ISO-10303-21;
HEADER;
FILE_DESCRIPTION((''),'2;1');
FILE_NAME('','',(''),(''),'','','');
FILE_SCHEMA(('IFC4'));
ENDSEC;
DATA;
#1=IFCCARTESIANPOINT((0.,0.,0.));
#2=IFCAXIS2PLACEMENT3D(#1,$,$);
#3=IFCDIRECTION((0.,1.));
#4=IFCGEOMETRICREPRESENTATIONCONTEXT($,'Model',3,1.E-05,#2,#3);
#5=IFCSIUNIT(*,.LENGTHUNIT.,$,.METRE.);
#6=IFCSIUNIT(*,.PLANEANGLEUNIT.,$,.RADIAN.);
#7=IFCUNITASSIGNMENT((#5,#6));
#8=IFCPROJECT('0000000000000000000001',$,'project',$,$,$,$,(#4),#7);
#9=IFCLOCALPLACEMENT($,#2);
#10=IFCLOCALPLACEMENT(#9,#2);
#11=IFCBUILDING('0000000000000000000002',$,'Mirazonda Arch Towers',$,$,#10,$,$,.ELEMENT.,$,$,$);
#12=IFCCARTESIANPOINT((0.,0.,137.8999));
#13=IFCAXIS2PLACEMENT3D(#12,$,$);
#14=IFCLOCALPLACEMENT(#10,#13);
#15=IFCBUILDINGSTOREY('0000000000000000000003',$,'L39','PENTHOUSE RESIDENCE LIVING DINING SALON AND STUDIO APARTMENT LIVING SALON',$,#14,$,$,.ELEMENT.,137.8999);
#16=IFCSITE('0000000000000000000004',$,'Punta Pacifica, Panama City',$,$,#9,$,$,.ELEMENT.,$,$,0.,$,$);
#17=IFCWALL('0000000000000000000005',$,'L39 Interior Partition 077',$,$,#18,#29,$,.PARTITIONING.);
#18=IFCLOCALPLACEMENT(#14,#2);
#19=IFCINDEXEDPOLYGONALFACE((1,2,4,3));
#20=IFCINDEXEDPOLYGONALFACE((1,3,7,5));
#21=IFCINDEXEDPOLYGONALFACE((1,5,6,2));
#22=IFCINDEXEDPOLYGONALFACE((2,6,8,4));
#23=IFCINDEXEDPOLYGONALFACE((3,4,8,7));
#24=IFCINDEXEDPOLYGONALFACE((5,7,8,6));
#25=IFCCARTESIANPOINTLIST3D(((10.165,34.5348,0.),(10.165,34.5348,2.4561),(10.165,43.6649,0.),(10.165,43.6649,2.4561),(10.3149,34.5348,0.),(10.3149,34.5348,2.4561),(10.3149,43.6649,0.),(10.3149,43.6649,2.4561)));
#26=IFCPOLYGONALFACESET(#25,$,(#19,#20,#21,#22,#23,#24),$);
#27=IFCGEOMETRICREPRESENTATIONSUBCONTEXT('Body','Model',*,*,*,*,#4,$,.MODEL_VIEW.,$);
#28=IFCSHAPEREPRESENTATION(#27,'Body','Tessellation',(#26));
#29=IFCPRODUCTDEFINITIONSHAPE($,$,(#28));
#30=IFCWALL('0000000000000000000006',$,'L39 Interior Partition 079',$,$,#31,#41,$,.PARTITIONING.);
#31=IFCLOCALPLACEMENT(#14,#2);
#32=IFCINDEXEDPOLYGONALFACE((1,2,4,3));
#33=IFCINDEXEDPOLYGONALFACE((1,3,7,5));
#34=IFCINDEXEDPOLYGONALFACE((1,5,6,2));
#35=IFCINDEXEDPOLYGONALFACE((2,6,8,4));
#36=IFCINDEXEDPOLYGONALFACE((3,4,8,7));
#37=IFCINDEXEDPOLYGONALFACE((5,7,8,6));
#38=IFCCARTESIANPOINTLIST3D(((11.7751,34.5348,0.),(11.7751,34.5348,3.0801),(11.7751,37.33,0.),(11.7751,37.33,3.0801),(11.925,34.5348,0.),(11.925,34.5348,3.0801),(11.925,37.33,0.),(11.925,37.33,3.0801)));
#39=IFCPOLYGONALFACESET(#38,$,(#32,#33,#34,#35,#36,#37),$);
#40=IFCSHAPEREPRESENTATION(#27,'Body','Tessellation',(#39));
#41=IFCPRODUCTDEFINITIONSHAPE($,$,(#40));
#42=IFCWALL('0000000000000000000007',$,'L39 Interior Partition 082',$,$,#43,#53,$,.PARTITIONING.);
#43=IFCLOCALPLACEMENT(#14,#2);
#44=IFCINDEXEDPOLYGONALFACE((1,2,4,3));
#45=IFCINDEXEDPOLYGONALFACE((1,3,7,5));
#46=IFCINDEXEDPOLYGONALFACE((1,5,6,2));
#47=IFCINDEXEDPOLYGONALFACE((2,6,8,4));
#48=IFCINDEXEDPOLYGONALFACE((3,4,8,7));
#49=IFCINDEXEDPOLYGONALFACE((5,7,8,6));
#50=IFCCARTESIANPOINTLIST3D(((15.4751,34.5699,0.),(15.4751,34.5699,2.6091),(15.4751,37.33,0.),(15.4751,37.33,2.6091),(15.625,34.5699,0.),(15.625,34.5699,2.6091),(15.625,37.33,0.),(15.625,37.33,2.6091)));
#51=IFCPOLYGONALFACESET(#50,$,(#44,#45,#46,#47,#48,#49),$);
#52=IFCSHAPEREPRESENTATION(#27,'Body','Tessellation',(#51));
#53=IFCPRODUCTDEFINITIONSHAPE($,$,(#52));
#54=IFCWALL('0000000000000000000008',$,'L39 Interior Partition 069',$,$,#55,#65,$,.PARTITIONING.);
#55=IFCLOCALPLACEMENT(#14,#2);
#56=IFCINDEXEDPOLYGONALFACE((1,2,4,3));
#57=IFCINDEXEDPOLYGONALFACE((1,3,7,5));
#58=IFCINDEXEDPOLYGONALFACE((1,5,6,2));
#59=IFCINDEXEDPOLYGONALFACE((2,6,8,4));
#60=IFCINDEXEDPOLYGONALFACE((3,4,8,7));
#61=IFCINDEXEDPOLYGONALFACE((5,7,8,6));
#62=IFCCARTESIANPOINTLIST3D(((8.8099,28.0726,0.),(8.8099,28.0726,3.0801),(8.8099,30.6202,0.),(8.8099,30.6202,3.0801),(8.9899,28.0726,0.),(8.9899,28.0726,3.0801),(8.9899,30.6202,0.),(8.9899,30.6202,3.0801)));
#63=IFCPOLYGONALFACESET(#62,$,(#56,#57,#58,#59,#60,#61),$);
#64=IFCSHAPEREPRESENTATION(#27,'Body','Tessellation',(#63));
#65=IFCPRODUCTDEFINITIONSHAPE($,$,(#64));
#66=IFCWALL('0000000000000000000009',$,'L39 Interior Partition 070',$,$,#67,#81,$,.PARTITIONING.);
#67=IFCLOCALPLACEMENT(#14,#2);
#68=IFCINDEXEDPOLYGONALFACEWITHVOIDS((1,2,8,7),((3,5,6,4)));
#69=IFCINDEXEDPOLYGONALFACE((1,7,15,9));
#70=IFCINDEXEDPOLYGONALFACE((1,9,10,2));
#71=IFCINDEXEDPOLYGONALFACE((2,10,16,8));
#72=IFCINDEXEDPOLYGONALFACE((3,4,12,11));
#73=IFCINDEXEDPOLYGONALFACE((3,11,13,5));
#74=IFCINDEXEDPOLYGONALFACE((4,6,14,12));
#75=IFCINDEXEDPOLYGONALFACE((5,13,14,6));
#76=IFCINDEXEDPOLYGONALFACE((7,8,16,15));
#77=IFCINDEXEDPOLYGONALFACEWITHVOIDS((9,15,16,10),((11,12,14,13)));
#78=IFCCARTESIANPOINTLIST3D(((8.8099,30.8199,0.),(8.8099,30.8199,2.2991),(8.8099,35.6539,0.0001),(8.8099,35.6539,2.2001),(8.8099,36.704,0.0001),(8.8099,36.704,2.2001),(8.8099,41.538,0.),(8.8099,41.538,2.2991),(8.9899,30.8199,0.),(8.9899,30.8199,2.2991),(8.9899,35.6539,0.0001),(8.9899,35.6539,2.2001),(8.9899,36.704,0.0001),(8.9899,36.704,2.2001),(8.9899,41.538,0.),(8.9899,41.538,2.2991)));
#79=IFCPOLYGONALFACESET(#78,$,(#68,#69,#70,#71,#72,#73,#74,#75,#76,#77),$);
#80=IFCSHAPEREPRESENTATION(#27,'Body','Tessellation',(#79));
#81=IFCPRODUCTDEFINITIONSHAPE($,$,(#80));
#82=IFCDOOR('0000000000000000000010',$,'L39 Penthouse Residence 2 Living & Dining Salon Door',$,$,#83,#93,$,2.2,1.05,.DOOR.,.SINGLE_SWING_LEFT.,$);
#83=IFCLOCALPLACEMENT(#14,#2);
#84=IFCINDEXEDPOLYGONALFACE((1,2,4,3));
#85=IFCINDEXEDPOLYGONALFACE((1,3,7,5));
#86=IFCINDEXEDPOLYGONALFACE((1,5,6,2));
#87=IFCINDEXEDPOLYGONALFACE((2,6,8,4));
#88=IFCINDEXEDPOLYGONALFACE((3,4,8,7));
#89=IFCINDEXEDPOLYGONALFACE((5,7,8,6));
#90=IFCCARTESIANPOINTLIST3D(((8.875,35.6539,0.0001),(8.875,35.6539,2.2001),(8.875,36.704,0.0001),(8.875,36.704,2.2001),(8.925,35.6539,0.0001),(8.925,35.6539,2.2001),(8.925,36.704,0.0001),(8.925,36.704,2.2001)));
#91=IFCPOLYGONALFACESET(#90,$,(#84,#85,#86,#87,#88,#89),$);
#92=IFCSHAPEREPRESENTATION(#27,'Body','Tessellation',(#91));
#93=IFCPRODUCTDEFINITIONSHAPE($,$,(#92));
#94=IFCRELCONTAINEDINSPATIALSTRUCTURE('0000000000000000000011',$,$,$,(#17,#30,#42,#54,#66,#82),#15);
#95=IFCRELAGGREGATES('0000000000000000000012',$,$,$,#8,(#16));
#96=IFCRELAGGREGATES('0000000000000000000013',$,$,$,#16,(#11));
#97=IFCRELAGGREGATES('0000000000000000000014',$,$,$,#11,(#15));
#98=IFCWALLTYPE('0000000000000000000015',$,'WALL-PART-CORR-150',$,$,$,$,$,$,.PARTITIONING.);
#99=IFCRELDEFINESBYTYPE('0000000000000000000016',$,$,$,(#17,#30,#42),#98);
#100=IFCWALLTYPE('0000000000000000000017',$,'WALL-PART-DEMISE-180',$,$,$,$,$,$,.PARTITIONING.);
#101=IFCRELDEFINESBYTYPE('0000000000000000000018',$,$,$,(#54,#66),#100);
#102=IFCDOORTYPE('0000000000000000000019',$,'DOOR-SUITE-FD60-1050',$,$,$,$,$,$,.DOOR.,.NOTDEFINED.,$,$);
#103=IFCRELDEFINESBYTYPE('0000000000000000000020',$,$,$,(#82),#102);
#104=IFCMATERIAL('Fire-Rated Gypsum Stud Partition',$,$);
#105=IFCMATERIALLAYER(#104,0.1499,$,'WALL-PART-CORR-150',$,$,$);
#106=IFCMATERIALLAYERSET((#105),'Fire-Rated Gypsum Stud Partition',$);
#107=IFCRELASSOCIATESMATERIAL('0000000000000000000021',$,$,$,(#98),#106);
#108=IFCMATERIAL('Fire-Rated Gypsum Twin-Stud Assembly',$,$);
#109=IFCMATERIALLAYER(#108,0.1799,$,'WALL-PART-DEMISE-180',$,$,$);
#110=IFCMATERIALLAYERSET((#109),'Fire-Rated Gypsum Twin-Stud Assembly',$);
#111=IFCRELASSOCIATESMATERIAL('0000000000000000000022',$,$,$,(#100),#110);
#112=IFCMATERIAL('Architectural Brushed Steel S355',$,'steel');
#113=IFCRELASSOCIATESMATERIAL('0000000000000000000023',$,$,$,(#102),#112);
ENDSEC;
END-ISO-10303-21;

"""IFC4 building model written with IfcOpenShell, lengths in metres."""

from ifc_helpers import new_model, si_unit, direction, frame, frame_2d, origin, place, context, subcontext, project, spatial, rectangle, extrude, material, layer, layer_set, type_object, element, fill, save


model = new_model("IFC4")

# Units and contexts
model_context = context("Model", 3, precision=1e-05, world=origin(), true_north=direction((0.0, 1.0)))
body_context = subcontext(model_context, "Body", "Model", "MODEL_VIEW")
ifc_project = project(units=[si_unit("LENGTHUNIT", "METRE"), si_unit("PLANEANGLEUNIT", "RADIAN")], contexts=[model_context])

# Site, building, storey
site_placement = place(None, origin())
site = spatial("IfcSite", under=ifc_project, at=site_placement, Name="Punta Pacifica, Panama City", CompositionType="ELEMENT", RefElevation=0.0)
building_placement = place(site_placement, origin())
building = spatial("IfcBuilding", under=site, at=building_placement, Name="Mirazonda Arch Towers", CompositionType="ELEMENT")
storey_placement = place(building_placement, frame((0.0, 0.0, 137.8999)))
storey = spatial("IfcBuildingStorey", under=building, at=storey_placement, Name="L39", Description="PENTHOUSE RESIDENCE LIVING DINING SALON AND STUDIO APARTMENT LIVING SALON", CompositionType="ELEMENT", Elevation=137.8999)

# Shared definitions
ifc_material_1 = material(Name="Architectural Brushed Steel S355", Category="steel")

# Shared definitions
ifc_material_2 = material(Name="Fire-Rated Gypsum Stud Partition")
ifc_layer_1 = layer(ifc_material_2, 0.1499, Name="WALL-PART-CORR-150")
ifc_layer_set_1 = layer_set([ifc_layer_1], Name="Fire-Rated Gypsum Stud Partition")
wall_type_1 = type_object("IfcWallType", Name="WALL-PART-CORR-150", PredefinedType="PARTITIONING", material=ifc_layer_set_1)

# Walls
wall_1_placement = place(storey_placement, frame((10.24, 34.5349, 0.0), z_axis=(0.0, 0.0, 1.0), x_axis=(0.0, 1.0, 0.0)))
element("IfcWall", 1, at=wall_1_placement, inside=storey, type_object=wall_type_1, Name="L39 Interior Partition 077", PredefinedType="PARTITIONING", context=body_context, shape_type="SweptSolid", body=[
    extrude(rectangle(XDim=9.1301, YDim=0.1499, at=frame_2d((4.5649, 0.0))), origin(), (0.0, 0.0, 1.0), 2.4561),
])
wall_2_placement = place(storey_placement, frame((11.8501, 34.5349, 0.0), z_axis=(0.0, 0.0, 1.0), x_axis=(0.0, 1.0, 0.0)))
element("IfcWall", 2, at=wall_2_placement, inside=storey, type_object=wall_type_1, Name="L39 Interior Partition 079", PredefinedType="PARTITIONING", context=body_context, shape_type="SweptSolid", body=[
    extrude(rectangle(XDim=2.7952, YDim=0.1499, at=frame_2d((1.3975, 0.0))), origin(), (0.0, 0.0, 1.0), 3.0801),
])
wall_3_placement = place(storey_placement, frame((15.55, 34.5701, 0.0), z_axis=(0.0, 0.0, 1.0), x_axis=(0.0, 1.0, 0.0)))
element("IfcWall", 3, at=wall_3_placement, inside=storey, type_object=wall_type_1, Name="L39 Interior Partition 082", PredefinedType="PARTITIONING", context=body_context, shape_type="SweptSolid", body=[
    extrude(rectangle(XDim=2.76, YDim=0.1499, at=frame_2d((1.3799, 0.0))), origin(), (0.0, 0.0, 1.0), 2.6091),
])
ifc_material_3 = material(Name="Fire-Rated Gypsum Twin-Stud Assembly")
ifc_layer_2 = layer(ifc_material_3, 0.1799, Name="WALL-PART-DEMISE-180")
ifc_layer_set_2 = layer_set([ifc_layer_2], Name="Fire-Rated Gypsum Twin-Stud Assembly")
wall_type_2 = type_object("IfcWallType", Name="WALL-PART-DEMISE-180", PredefinedType="PARTITIONING", material=ifc_layer_set_2)
wall_4_placement = place(storey_placement, frame((8.8999, 28.0725, 0.0), z_axis=(0.0, 0.0, 1.0), x_axis=(0.0, 1.0, 0.0)))
element("IfcWall", 4, at=wall_4_placement, inside=storey, type_object=wall_type_2, Name="L39 Interior Partition 069", PredefinedType="PARTITIONING", context=body_context, shape_type="SweptSolid", body=[
    extrude(rectangle(XDim=2.5476, YDim=0.1799, at=frame_2d((1.2739, 0.0))), origin(), (0.0, 0.0, 1.0), 3.0801),
])

# Wall, opening, door
wall_5_placement = place(storey_placement, frame((8.8999, 30.8201, 0.0), z_axis=(0.0, 0.0, 1.0), x_axis=(0.0, 1.0, 0.0)))
wall_5 = element("IfcWall", 5, at=wall_5_placement, inside=storey, type_object=wall_type_2, Name="L39 Interior Partition 070", PredefinedType="PARTITIONING", context=body_context, shape_type="SweptSolid", body=[
    extrude(rectangle(XDim=10.718, YDim=0.1799, at=frame_2d((5.3589, 0.0))), origin(), (0.0, 0.0, 1.0), 2.2991),
])
opening_1_placement = place(wall_5_placement, frame((4.834, 0.0, 0.0)))
opening_1 = element("IfcOpeningElement", 6, at=opening_1_placement, cuts=wall_5, PredefinedType="OPENING", context=body_context, shape_type="SweptSolid", body=[
    extrude(rectangle(XDim=1.05, YDim=2.2, at=frame_2d((0.5249, 1.1001))), frame((0.0, 0.0999, 0.0), z_axis=(0.0, -1.0, 0.0), x_axis=(1.0, 0.0, 0.0)), (0.0, 0.0, 1.0), 0.2),
])
door_type_1 = type_object("IfcDoorType", Name="DOOR-SUITE-FD60-1050", OperationType="NOTDEFINED", PredefinedType="DOOR", material=ifc_material_1)
door_1_placement = place(opening_1_placement, origin())
door_1 = element("IfcDoor", 7, at=door_1_placement, inside=storey, type_object=door_type_1, Name="L39 Penthouse Residence 2 Living & Dining Salon Door", OperationType="SINGLE_SWING_LEFT", OverallHeight=2.2, OverallWidth=1.05, PredefinedType="DOOR", context=body_context, shape_type="SweptSolid", body=[
    extrude(rectangle(XDim=1.05, YDim=2.2, at=frame_2d((0.5249, 1.1001))), frame((0.0, 0.0249, 0.0), z_axis=(0.0, -1.0, 0.0), x_axis=(1.0, 0.0, 0.0)), (0.0, 0.0, 1.0), 0.05),
])
fill(opening_1, door_1)

save(model, "model.ifc")
